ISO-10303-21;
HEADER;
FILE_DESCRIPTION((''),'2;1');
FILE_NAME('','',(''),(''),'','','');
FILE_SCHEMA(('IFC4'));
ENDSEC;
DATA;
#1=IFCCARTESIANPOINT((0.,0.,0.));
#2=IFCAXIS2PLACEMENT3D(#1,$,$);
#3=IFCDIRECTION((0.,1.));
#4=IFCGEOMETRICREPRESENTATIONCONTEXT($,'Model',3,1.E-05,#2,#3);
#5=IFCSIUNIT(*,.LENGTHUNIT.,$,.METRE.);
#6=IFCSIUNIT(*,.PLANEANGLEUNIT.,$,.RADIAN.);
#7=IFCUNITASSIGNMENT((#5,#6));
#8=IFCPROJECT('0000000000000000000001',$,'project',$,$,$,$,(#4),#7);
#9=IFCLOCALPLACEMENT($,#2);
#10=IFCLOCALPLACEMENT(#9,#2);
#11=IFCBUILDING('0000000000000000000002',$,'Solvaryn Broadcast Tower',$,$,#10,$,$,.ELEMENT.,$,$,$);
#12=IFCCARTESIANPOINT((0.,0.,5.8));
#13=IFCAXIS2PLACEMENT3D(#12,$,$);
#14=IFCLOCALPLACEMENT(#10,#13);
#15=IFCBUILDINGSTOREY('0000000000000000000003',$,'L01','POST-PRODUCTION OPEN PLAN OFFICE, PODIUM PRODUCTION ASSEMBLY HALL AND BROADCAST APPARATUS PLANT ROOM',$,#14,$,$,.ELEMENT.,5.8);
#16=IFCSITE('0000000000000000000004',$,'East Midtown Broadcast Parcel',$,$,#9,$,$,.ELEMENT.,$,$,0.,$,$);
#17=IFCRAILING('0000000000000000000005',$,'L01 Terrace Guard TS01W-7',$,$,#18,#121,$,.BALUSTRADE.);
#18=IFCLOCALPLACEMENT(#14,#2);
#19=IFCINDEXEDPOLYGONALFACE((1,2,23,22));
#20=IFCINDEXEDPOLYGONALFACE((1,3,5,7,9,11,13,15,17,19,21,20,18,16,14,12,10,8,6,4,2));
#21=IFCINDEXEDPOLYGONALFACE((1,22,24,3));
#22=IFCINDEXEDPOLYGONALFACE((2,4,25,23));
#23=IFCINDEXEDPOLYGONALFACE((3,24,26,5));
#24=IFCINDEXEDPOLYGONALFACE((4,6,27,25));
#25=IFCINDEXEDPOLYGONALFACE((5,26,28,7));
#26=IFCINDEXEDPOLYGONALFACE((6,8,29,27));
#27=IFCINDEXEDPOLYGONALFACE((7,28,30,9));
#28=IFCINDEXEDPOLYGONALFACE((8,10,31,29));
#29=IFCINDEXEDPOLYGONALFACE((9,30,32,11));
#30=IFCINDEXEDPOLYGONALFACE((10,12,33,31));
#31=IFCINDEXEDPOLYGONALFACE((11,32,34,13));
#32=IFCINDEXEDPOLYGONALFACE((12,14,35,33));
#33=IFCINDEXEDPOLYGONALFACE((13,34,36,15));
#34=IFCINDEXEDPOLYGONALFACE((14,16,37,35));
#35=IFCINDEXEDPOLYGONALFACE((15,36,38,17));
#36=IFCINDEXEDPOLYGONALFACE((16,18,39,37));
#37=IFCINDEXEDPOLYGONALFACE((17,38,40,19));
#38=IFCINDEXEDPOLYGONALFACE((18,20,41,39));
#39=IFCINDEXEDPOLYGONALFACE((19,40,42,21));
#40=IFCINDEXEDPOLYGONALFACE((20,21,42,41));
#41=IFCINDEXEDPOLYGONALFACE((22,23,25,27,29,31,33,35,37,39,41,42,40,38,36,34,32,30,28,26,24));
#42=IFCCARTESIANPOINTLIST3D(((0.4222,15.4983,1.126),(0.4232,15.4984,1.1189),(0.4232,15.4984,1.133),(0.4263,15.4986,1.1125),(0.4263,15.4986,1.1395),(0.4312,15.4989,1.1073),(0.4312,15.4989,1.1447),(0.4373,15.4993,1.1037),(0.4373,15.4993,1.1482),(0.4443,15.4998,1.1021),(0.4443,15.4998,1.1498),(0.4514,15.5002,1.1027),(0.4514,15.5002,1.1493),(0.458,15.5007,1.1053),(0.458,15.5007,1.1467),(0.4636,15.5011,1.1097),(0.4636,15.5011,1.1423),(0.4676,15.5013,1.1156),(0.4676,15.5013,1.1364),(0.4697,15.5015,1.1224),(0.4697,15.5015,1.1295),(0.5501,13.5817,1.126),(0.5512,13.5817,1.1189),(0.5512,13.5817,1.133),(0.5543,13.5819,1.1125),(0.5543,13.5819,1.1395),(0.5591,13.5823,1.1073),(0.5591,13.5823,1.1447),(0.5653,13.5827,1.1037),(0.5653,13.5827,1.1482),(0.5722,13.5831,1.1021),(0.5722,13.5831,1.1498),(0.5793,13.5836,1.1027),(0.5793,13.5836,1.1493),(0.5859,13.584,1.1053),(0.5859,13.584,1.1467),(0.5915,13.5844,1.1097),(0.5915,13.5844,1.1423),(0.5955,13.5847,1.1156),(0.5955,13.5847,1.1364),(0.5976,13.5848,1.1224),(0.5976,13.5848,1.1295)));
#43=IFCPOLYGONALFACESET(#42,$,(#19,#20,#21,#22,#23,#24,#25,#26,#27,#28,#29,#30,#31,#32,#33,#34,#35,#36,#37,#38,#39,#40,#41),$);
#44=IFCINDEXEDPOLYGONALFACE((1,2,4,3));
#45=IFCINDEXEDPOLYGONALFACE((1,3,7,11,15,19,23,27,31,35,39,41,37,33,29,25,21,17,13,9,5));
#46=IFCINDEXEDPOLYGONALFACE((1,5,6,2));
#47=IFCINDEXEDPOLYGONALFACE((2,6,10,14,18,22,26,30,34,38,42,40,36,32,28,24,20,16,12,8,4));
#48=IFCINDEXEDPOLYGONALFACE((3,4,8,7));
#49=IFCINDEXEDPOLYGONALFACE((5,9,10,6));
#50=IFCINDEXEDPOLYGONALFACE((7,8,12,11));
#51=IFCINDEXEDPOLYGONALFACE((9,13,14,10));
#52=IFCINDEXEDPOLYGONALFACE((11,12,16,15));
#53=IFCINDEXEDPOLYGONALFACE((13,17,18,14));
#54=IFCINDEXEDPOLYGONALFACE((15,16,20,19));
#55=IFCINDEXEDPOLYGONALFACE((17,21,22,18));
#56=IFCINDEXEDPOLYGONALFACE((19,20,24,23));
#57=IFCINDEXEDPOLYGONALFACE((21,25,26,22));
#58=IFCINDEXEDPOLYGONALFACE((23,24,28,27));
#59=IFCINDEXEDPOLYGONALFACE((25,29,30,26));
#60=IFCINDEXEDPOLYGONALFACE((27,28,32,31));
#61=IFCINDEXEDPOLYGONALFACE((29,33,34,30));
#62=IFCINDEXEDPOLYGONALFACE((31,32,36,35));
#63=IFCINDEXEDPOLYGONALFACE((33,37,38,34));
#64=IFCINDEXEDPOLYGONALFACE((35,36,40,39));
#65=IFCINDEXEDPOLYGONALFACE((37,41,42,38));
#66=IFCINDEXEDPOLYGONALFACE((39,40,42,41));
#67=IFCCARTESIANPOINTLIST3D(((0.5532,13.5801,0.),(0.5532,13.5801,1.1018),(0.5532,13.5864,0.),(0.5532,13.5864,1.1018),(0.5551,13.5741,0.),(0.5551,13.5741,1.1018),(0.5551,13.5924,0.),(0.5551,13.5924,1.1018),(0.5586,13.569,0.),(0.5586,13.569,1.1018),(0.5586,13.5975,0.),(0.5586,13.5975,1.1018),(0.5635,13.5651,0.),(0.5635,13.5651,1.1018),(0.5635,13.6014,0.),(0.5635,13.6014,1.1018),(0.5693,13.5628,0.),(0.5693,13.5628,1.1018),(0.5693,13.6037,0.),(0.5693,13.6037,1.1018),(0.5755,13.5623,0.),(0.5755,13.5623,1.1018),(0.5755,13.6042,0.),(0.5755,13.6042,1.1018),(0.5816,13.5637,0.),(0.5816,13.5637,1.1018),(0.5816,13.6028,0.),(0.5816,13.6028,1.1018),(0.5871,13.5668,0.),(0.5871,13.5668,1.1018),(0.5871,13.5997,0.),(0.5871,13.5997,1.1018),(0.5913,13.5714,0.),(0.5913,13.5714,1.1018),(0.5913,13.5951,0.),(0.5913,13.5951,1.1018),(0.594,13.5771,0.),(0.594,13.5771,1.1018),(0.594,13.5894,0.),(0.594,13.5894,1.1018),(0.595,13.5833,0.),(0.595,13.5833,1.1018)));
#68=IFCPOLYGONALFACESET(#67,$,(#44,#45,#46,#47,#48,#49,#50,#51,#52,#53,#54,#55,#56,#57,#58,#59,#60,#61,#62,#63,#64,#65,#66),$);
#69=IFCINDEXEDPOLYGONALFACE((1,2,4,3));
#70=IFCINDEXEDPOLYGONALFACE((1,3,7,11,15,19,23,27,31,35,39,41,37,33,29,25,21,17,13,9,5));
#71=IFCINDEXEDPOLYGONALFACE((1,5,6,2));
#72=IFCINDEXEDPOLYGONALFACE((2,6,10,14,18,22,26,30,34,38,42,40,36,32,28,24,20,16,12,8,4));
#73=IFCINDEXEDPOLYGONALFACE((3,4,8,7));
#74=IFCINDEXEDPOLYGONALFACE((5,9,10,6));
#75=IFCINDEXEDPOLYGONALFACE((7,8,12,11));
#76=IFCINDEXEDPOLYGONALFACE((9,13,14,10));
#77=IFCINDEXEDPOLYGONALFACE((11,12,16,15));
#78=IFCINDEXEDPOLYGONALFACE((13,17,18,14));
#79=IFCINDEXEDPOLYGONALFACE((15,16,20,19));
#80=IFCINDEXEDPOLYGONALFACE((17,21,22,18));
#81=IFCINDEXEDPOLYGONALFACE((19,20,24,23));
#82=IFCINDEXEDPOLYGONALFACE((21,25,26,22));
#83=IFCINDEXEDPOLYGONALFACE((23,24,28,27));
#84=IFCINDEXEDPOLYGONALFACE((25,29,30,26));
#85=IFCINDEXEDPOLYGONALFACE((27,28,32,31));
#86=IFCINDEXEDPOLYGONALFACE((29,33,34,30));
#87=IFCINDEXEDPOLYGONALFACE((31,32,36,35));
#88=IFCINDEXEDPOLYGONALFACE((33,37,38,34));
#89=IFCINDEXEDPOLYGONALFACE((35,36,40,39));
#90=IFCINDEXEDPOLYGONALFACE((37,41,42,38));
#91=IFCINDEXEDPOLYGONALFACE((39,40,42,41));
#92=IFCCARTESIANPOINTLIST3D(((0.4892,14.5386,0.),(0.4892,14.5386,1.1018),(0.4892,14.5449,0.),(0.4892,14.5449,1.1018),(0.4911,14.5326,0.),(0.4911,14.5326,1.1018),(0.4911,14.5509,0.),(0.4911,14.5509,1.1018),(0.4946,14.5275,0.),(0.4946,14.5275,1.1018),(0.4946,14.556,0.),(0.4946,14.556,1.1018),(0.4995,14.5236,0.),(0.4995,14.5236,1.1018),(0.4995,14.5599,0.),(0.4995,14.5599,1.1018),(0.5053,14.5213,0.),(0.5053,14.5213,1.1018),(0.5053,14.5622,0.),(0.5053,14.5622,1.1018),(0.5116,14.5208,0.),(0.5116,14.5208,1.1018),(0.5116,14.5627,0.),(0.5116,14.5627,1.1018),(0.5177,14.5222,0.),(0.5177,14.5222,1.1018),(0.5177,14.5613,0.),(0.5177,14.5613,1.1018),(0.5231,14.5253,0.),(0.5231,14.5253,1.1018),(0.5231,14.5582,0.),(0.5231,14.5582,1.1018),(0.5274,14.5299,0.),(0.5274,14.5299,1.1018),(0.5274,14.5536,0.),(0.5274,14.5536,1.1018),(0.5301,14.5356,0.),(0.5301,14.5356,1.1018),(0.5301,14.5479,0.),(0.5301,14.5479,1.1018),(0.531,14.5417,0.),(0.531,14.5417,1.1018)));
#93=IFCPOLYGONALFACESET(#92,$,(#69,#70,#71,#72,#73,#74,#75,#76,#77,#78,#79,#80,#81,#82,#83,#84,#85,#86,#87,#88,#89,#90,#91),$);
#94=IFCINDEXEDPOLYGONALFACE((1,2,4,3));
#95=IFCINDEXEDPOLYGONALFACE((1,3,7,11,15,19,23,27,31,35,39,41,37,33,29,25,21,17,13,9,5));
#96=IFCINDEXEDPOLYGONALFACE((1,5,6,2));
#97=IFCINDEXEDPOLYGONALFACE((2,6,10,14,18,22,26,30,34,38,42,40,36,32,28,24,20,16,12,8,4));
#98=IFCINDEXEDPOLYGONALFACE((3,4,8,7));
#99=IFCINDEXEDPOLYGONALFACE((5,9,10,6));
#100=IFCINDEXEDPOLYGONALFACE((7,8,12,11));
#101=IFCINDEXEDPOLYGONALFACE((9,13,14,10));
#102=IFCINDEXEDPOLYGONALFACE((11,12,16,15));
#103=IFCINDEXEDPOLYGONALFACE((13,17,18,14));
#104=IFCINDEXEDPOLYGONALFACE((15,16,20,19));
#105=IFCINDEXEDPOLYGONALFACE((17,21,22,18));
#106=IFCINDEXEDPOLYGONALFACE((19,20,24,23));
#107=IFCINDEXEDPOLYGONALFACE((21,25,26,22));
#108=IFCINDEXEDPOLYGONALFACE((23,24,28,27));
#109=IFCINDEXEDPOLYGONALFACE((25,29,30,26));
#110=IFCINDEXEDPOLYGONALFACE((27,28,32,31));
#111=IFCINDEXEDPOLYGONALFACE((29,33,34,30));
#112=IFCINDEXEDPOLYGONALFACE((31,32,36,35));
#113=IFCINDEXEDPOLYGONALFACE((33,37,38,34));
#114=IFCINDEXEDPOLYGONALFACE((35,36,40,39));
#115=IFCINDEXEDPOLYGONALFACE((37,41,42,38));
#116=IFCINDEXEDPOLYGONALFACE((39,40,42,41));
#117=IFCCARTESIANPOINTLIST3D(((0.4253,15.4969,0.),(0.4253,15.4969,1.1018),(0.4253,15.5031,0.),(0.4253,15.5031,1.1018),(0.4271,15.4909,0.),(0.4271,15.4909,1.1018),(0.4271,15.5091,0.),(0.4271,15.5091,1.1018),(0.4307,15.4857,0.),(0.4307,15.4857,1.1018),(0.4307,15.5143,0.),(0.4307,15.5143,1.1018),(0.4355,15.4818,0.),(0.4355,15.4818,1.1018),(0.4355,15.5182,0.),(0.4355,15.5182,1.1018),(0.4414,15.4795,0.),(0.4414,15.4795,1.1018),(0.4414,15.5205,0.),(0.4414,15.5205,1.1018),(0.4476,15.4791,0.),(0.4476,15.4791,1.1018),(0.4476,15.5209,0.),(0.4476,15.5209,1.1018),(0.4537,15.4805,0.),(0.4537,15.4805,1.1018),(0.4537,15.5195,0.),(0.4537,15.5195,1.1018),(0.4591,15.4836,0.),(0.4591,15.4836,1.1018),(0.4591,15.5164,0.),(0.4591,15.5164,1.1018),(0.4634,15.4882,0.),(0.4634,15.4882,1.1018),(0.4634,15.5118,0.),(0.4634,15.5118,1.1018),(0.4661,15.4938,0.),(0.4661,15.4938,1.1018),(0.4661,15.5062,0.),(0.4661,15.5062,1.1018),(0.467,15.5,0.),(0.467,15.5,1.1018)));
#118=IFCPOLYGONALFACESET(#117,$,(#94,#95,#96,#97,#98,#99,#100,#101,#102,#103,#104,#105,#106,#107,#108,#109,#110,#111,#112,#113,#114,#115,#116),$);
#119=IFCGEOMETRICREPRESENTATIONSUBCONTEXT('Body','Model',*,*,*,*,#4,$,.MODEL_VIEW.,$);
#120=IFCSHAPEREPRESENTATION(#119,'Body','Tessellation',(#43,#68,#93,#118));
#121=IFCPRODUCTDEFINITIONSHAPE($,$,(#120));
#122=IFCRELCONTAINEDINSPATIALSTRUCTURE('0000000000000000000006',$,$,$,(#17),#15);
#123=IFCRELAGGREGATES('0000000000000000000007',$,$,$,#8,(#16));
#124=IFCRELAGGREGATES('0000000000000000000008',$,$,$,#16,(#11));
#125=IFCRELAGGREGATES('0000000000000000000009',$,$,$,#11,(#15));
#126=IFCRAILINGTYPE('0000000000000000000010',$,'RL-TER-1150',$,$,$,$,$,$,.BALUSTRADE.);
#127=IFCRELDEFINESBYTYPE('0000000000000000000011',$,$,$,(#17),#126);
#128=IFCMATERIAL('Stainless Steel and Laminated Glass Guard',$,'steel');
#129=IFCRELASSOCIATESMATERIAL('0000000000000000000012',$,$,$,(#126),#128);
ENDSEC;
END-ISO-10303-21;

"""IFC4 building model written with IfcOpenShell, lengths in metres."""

from ifc_helpers import new_model, si_unit, direction, frame, origin, origin_2d, place, context, subcontext, project, spatial, circle, extrude, material, type_object, element, save


model = new_model("IFC4")

# Units and contexts
model_context = context("Model", 3, precision=1e-05, world=origin(), true_north=direction((0.0, 1.0)))
body_context = subcontext(model_context, "Body", "Model", "MODEL_VIEW")
ifc_project = project(units=[si_unit("LENGTHUNIT", "METRE"), si_unit("PLANEANGLEUNIT", "RADIAN")], contexts=[model_context])

# Site, building, storey
site_placement = place(None, origin())
site = spatial("IfcSite", under=ifc_project, at=site_placement, Name="East Midtown Broadcast Parcel", CompositionType="ELEMENT", RefElevation=0.0)
building_placement = place(site_placement, origin())
building = spatial("IfcBuilding", under=site, at=building_placement, Name="Solvaryn Broadcast Tower", CompositionType="ELEMENT")
storey_placement = place(building_placement, frame((0.0, 0.0, 5.8)))
storey = spatial("IfcBuildingStorey", under=building, at=storey_placement, Name="L01", Description="POST-PRODUCTION OPEN PLAN OFFICE, PODIUM PRODUCTION ASSEMBLY HALL AND BROADCAST APPARATUS PLANT ROOM", CompositionType="ELEMENT", Elevation=5.8)

# Railing
ifc_material_1 = material(Name="Stainless Steel and Laminated Glass Guard", Category="steel")
railing_type = type_object("IfcRailingType", Name="RL-TER-1150", PredefinedType="BALUSTRADE", material=ifc_material_1)
railing_1_placement = place(storey_placement, frame((0.574, 13.5833, 0.0)))
element("IfcRailing", 1, at=railing_1_placement, inside=storey, type_object=railing_type, Name="L01 Terrace Guard TS01W-7", PredefinedType="BALUSTRADE", context=body_context, shape_type="SweptSolid", body=[
    extrude(circle(Radius=0.0239, at=origin_2d()), frame((0.0, 0.0, 1.126), z_axis=(-0.066595, 0.99778, 0.0), x_axis=(-0.99778, -0.066595, 0.0)), (0.0, 0.0, 1.0), 1.9209),
    extrude(circle(Radius=0.021, at=origin_2d()), origin(), (0.0, 0.0, 1.0), 1.1018),
    extrude(circle(Radius=0.021, at=origin_2d()), frame((-0.064, 0.9585, 0.0)), (0.0, 0.0, 1.0), 1.1018),
    extrude(circle(Radius=0.021, at=origin_2d()), frame((-0.1279, 1.9167, 0.0)), (0.0, 0.0, 1.0), 1.1018),
])

save(model, "model.ifc")
